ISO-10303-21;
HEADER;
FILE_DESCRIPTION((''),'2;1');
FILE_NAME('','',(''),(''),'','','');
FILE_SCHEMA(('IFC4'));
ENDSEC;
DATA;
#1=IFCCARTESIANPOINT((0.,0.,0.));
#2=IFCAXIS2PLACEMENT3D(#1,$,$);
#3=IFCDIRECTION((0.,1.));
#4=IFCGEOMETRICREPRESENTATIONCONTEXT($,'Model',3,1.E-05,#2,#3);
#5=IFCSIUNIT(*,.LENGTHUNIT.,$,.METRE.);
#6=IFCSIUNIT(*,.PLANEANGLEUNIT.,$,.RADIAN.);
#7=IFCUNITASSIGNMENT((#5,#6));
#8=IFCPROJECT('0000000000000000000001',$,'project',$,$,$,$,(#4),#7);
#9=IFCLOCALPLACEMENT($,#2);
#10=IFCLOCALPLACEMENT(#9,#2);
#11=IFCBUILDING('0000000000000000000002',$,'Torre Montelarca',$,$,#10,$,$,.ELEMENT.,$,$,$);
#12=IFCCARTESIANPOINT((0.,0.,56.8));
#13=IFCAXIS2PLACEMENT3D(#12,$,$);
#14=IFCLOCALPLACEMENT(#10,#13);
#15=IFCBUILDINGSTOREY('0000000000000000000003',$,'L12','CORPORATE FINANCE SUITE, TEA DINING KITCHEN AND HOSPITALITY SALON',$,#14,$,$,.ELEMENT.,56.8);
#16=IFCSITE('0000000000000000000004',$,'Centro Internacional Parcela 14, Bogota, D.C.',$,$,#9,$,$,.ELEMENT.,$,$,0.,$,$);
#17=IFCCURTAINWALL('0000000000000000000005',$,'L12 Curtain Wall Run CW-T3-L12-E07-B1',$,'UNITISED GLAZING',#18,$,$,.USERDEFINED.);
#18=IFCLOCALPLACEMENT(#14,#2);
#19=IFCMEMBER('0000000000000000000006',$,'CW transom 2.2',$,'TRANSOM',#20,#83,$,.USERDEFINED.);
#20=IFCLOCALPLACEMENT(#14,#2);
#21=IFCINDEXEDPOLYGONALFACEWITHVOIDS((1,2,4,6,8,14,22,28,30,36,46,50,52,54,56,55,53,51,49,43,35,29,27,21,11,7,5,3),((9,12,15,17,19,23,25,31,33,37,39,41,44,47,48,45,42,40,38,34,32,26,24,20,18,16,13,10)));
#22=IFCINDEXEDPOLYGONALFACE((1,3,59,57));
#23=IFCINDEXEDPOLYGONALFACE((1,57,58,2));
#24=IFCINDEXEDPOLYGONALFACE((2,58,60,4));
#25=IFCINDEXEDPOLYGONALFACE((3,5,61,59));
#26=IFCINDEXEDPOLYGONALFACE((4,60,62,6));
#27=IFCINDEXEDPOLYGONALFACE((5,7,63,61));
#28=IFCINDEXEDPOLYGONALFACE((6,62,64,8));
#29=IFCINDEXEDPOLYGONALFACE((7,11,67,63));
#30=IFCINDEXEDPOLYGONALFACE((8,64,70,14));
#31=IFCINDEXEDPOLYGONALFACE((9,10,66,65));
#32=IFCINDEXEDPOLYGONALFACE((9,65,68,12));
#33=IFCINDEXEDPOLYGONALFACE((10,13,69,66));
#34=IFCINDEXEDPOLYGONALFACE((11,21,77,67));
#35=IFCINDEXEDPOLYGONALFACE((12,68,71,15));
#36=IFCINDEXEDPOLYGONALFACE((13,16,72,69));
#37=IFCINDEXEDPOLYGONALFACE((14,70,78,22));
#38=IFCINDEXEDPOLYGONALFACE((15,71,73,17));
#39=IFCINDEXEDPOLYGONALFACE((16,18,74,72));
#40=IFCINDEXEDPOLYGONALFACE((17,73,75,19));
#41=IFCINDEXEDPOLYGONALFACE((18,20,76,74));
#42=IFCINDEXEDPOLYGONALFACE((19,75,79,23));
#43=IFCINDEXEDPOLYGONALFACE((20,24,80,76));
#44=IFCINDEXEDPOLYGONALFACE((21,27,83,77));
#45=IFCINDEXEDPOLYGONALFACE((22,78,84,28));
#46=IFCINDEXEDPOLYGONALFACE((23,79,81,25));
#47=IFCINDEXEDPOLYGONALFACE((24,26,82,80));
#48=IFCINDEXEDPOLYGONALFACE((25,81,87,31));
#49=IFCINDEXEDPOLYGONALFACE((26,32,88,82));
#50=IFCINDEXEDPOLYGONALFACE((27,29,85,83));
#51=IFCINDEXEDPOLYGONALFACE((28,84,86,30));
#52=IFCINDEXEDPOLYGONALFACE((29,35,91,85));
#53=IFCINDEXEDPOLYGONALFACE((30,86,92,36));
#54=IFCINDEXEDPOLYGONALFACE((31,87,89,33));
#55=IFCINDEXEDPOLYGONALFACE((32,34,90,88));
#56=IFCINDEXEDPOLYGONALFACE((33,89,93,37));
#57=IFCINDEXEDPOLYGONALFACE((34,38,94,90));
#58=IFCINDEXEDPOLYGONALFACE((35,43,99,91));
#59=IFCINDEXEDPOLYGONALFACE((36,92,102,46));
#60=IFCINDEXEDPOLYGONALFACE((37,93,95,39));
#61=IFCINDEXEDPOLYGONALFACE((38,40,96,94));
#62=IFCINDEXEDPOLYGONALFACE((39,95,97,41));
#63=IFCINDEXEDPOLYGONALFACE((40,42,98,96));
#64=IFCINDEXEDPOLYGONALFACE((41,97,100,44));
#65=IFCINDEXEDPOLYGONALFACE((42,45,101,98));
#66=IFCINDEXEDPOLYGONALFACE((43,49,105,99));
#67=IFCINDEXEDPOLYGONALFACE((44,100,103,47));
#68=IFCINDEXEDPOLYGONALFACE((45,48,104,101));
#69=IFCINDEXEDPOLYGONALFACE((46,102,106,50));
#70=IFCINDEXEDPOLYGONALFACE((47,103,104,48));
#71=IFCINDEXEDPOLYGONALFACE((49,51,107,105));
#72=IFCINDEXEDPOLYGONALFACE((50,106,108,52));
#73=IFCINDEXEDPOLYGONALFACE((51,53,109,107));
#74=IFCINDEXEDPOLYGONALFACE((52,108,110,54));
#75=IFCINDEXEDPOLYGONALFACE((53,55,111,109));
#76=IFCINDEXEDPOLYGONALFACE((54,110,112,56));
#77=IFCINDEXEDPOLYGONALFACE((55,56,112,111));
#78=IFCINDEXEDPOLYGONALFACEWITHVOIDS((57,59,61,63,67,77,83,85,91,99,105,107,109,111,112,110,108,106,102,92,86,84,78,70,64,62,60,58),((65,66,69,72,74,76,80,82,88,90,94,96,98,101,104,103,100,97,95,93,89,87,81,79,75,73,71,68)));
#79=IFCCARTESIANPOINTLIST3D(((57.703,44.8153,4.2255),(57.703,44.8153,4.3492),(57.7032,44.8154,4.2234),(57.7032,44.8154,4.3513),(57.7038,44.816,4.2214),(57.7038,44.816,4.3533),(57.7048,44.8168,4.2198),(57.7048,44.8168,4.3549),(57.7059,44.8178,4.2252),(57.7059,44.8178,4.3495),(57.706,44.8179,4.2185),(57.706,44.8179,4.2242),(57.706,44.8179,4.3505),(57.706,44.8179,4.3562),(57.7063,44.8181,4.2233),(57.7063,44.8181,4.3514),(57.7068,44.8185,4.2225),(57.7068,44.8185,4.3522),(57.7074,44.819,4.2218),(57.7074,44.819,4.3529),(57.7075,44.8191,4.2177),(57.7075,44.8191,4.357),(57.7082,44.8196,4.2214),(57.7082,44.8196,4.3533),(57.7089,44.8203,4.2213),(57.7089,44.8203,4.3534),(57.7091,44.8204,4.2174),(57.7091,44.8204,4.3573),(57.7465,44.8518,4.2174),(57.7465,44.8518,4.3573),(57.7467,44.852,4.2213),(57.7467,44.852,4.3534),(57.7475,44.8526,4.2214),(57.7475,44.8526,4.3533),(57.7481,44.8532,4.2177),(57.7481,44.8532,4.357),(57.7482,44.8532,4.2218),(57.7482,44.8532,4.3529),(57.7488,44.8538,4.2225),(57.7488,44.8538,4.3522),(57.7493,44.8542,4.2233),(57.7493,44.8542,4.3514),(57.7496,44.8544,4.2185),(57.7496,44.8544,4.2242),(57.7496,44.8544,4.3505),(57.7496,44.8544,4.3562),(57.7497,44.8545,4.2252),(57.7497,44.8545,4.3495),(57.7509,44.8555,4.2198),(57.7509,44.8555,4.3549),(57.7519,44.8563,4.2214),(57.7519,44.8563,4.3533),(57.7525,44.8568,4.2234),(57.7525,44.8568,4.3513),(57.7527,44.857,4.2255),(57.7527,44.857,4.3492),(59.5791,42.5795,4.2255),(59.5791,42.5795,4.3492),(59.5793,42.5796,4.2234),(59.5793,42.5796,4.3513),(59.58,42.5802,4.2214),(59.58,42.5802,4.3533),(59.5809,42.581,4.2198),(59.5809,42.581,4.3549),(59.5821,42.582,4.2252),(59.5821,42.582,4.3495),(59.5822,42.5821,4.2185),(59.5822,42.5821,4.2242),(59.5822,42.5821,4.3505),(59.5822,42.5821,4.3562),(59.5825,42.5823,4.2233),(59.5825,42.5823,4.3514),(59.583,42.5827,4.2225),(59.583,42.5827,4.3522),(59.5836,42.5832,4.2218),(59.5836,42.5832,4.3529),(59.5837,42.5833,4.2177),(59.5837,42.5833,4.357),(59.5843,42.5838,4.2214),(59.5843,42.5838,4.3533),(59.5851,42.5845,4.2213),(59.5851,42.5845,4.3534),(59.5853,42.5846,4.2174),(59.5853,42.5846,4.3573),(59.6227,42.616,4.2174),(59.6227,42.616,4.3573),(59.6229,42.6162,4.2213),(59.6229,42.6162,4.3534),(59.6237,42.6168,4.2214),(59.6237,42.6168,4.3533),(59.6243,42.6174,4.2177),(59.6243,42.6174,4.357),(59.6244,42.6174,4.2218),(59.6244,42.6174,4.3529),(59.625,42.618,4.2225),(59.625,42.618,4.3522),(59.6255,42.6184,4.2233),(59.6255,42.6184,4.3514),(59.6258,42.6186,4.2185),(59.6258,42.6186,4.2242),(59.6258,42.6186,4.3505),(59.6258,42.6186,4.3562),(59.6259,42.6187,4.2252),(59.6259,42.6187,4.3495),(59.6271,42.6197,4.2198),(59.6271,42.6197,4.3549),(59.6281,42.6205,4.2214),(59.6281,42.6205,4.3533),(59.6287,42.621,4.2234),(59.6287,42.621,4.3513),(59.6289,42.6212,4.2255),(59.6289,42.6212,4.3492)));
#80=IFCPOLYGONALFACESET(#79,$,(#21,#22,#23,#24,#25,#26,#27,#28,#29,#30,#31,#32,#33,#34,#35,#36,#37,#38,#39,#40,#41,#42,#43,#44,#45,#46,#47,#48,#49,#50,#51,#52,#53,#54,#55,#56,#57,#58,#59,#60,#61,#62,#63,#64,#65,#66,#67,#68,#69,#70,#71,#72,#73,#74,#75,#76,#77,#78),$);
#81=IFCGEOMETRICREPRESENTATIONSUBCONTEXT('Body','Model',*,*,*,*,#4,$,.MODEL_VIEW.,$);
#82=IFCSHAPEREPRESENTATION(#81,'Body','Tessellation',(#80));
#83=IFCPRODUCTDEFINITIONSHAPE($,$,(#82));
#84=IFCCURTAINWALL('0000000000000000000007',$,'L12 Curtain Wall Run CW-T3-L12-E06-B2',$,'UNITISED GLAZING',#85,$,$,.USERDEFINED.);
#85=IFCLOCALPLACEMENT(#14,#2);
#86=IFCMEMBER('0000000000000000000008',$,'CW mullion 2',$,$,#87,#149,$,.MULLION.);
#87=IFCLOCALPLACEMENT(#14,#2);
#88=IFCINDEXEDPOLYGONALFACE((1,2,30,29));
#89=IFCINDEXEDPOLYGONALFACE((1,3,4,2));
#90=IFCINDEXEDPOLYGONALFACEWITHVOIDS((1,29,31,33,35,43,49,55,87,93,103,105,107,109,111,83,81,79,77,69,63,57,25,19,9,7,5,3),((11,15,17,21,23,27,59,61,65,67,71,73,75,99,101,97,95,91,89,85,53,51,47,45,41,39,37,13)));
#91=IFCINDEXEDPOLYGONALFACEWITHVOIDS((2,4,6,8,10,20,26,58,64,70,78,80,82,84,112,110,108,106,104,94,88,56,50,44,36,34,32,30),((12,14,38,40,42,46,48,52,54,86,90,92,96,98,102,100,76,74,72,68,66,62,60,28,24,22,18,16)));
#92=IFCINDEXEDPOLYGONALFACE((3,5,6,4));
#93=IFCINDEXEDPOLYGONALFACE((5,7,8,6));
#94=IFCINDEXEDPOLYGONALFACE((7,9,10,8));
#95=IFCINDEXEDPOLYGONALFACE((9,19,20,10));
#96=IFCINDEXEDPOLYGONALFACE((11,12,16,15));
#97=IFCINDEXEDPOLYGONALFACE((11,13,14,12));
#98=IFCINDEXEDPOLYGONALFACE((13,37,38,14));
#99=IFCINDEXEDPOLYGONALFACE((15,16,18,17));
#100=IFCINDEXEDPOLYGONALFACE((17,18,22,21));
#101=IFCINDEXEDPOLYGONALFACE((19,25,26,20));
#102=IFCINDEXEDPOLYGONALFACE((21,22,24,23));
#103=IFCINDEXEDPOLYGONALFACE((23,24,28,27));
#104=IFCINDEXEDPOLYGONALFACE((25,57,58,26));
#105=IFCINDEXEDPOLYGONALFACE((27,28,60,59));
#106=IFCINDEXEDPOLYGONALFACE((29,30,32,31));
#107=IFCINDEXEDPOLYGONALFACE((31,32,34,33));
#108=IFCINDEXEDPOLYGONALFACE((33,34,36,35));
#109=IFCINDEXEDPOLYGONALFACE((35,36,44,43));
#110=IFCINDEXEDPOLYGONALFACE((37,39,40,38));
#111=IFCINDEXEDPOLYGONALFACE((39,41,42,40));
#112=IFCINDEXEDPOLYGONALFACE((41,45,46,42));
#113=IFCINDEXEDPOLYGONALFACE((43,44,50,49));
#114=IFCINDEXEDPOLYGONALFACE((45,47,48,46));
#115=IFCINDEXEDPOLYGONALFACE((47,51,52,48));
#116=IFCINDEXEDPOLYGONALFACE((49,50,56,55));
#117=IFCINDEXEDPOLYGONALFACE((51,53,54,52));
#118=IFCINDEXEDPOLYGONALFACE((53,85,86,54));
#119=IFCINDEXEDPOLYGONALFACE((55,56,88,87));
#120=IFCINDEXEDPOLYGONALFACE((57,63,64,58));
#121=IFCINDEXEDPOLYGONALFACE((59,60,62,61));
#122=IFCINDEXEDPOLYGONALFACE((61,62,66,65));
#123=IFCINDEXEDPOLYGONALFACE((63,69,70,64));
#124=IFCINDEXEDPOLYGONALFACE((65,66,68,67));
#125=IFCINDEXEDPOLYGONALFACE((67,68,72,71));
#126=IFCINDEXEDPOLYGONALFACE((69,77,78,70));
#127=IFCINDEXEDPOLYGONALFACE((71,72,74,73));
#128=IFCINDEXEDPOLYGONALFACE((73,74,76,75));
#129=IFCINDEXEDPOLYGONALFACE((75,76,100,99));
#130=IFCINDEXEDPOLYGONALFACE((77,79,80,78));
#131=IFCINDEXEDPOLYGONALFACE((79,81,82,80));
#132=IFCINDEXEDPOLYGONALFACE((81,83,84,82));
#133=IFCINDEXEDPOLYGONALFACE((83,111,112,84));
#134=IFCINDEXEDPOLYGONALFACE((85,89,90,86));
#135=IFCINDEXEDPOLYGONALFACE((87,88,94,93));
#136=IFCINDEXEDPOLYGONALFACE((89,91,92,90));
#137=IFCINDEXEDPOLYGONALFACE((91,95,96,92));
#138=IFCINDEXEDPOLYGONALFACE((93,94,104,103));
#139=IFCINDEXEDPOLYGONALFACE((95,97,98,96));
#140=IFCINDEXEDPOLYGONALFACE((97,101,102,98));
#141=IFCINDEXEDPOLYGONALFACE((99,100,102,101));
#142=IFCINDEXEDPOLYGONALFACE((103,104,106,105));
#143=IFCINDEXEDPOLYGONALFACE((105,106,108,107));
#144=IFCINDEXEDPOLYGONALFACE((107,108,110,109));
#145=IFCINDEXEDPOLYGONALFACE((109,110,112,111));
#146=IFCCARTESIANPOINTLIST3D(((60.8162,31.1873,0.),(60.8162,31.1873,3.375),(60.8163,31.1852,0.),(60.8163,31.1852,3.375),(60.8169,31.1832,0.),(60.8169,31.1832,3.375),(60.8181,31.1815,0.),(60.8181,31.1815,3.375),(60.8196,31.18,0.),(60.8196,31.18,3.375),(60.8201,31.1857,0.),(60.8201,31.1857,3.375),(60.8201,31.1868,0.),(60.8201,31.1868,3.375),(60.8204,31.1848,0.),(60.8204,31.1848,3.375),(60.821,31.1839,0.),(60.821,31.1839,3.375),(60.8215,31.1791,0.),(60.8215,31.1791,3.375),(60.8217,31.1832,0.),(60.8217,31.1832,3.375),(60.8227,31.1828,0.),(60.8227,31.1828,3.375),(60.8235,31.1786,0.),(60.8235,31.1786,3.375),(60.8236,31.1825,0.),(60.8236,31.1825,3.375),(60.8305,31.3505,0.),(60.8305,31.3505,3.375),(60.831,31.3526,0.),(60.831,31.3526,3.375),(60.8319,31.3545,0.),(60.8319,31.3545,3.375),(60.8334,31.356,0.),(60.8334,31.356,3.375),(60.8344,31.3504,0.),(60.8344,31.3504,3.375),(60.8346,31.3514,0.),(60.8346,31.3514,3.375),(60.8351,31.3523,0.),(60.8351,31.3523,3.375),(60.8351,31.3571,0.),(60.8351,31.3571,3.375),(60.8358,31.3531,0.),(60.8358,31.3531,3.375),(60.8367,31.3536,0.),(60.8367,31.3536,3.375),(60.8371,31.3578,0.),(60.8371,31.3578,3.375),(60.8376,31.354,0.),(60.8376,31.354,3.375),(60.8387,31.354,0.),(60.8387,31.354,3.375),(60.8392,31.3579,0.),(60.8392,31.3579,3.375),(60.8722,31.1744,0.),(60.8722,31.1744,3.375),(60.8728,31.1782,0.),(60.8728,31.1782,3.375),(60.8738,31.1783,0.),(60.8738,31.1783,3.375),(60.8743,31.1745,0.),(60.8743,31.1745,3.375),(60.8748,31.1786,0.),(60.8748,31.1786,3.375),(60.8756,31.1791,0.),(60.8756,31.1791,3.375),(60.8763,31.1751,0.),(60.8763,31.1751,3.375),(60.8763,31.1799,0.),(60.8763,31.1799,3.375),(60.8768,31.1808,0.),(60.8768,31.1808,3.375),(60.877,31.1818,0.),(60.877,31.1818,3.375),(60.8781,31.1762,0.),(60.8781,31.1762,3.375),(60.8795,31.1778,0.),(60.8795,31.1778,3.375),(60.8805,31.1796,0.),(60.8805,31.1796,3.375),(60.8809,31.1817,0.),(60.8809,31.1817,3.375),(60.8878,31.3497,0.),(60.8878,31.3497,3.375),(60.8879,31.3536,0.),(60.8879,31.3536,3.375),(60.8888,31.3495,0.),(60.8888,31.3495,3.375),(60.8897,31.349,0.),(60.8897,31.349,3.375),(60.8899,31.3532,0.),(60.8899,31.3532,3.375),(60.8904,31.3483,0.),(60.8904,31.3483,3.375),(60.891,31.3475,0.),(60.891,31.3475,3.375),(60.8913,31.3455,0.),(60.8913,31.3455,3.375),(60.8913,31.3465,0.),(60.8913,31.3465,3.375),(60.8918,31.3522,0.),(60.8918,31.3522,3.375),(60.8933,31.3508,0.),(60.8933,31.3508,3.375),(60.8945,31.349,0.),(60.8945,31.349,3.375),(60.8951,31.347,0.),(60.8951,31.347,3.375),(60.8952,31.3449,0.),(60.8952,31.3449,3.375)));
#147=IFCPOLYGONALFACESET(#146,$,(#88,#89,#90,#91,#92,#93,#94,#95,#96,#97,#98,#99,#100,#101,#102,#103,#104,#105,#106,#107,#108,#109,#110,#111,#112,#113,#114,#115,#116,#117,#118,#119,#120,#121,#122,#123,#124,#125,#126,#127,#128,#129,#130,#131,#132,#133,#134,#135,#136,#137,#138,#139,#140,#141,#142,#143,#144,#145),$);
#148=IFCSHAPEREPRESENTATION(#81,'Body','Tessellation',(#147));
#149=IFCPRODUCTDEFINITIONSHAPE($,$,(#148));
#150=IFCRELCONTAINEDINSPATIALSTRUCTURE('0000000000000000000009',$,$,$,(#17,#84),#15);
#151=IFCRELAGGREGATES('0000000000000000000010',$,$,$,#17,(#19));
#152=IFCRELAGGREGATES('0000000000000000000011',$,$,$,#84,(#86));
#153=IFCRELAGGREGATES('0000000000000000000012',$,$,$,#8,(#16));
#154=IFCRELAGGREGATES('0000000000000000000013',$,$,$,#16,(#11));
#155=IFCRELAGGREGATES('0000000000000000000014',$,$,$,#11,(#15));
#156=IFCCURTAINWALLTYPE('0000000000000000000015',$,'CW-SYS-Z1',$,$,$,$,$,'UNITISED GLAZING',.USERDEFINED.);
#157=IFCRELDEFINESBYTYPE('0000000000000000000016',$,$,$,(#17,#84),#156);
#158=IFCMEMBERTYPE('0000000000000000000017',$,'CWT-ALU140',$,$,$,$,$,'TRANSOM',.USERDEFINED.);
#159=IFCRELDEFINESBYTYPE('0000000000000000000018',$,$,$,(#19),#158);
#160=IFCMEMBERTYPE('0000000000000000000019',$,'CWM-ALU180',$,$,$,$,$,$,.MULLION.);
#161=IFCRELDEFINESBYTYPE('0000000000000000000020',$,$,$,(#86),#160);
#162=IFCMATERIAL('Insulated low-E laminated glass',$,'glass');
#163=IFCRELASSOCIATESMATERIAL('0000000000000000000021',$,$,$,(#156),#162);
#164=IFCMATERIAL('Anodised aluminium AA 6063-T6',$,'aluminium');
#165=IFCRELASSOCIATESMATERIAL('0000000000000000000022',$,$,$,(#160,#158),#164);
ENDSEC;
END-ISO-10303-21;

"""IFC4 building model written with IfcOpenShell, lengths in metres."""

from ifc_helpers import new_model, si_unit, direction, frame, origin, origin_2d, place, context, subcontext, project, spatial, hollow_rectangle, extrude, source, transform, mapped, material, material_profile, profile_set, type_object, element, aggregate, save


model = new_model("IFC4")

# Units and contexts
model_context = context("Model", 3, precision=1e-05, world=origin(), true_north=direction((0.0, 1.0)))
body_context = subcontext(model_context, "Body", "Model", "MODEL_VIEW")
ifc_project = project(units=[si_unit("LENGTHUNIT", "METRE"), si_unit("PLANEANGLEUNIT", "RADIAN")], contexts=[model_context])

# Site, building, storey
site_placement = place(None, origin())
site = spatial("IfcSite", under=ifc_project, at=site_placement, Name="Centro Internacional Parcela 14, Bogota, D.C.", CompositionType="ELEMENT", RefElevation=0.0)
building_placement = place(site_placement, origin())
building = spatial("IfcBuilding", under=site, at=building_placement, Name="Torre Montelarca", CompositionType="ELEMENT")
storey_placement = place(building_placement, frame((0.0, 0.0, 56.8)))
storey = spatial("IfcBuildingStorey", under=building, at=storey_placement, Name="L12", Description="CORPORATE FINANCE SUITE, TEA DINING KITCHEN AND HOSPITALITY SALON", CompositionType="ELEMENT", Elevation=56.8)

# Curtain walls, members
ifc_material_1 = material(Name="Insulated low-E laminated glass", Category="glass")
curtain_wall_type = type_object("IfcCurtainWallType", Name="CW-SYS-Z1", ElementType="UNITISED GLAZING", PredefinedType="USERDEFINED", material=ifc_material_1)
curtain_wall_1_placement = place(storey_placement, origin())
curtain_wall_1 = element("IfcCurtainWall", 1, at=curtain_wall_1_placement, inside=storey, type_object=curtain_wall_type, Name="L12 Curtain Wall Run CW-T3-L12-E07-B1", ObjectType="UNITISED GLAZING", PredefinedType="USERDEFINED")
ifc_material_2 = material(Name="Anodised aluminium AA 6063-T6", Category="aluminium")
ifc_material_profile_1 = material_profile(ifc_material_2, hollow_rectangle(XDim=0.0649, YDim=0.1799, WallThickness=0.0039, InnerFilletRadius=0.0039, OuterFilletRadius=0.0081, at=origin_2d()), Name="ALU65X180X4", Category="aluminium")
ifc_profile_set_1 = profile_set([ifc_material_profile_1], Name="Anodised aluminium AA 6063-T6")
member_type_1 = type_object("IfcMemberType", Name="CWM-ALU180", PredefinedType="MULLION", material=ifc_profile_set_1)
ifc_material_profile_2 = material_profile(ifc_material_2, hollow_rectangle(XDim=0.0649, YDim=0.1399, WallThickness=0.0039, InnerFilletRadius=0.0039, OuterFilletRadius=0.0081, at=origin_2d()), Name="ALU65X140X4", Category="aluminium")
ifc_profile_set_2 = profile_set([ifc_material_profile_2], Name="Anodised aluminium AA 6063-T6")
member_type_2 = type_object("IfcMemberType", Name="CWT-ALU140", ElementType="TRANSOM", PredefinedType="USERDEFINED", material=ifc_profile_set_2)
shared_shape_1 = source(origin(), body_context, "Body", "SweptSolid", [
    extrude(hollow_rectangle(XDim=0.0649, YDim=0.1399, WallThickness=0.0039, InnerFilletRadius=0.0039, OuterFilletRadius=0.0081, at=origin_2d()), origin(), (0.0, 0.0, 1.0), 2.9187),
])
member_1_placement = place(storey_placement, frame((59.604, 42.6003, 4.2874), z_axis=(-0.642813, 0.766023, 0.0), x_axis=(-0.766023, -0.642813, 0.0)))
member_1 = element("IfcMember", 2, at=member_1_placement, type_object=member_type_2, Name="CW transom 2.2", ObjectType="TRANSOM", PredefinedType="USERDEFINED", context=body_context, shape_type="MappedRepresentation", body=[
    mapped(shared_shape_1, transform((0.0, 0.0, 0.0), scale=1.0)),
])
curtain_wall_2_placement = place(storey_placement, origin())
curtain_wall_2 = element("IfcCurtainWall", 3, at=curtain_wall_2_placement, inside=storey, type_object=curtain_wall_type, Name="L12 Curtain Wall Run CW-T3-L12-E06-B2", ObjectType="UNITISED GLAZING", PredefinedType="USERDEFINED")
shared_shape_2 = source(origin(), body_context, "Body", "SweptSolid", [
    extrude(hollow_rectangle(XDim=0.0649, YDim=0.1799, WallThickness=0.0039, InnerFilletRadius=0.0039, OuterFilletRadius=0.0081, at=origin_2d()), origin(), (0.0, 0.0, 1.0), 3.375),
])
member_2_placement = place(storey_placement, frame((60.8557, 31.2661, 0.0), z_axis=(0.0, 0.0, 1.0), x_axis=(-0.996193, 0.087174, 0.0)))
member_2 = element("IfcMember", 4, at=member_2_placement, type_object=member_type_1, Name="CW mullion 2", PredefinedType="MULLION", context=body_context, shape_type="MappedRepresentation", body=[
    mapped(shared_shape_2, transform((0.0, 0.0, 0.0), scale=1.0)),
])

aggregate(curtain_wall_1, [member_1])
aggregate(curtain_wall_2, [member_2])

save(model, "model.ifc")
